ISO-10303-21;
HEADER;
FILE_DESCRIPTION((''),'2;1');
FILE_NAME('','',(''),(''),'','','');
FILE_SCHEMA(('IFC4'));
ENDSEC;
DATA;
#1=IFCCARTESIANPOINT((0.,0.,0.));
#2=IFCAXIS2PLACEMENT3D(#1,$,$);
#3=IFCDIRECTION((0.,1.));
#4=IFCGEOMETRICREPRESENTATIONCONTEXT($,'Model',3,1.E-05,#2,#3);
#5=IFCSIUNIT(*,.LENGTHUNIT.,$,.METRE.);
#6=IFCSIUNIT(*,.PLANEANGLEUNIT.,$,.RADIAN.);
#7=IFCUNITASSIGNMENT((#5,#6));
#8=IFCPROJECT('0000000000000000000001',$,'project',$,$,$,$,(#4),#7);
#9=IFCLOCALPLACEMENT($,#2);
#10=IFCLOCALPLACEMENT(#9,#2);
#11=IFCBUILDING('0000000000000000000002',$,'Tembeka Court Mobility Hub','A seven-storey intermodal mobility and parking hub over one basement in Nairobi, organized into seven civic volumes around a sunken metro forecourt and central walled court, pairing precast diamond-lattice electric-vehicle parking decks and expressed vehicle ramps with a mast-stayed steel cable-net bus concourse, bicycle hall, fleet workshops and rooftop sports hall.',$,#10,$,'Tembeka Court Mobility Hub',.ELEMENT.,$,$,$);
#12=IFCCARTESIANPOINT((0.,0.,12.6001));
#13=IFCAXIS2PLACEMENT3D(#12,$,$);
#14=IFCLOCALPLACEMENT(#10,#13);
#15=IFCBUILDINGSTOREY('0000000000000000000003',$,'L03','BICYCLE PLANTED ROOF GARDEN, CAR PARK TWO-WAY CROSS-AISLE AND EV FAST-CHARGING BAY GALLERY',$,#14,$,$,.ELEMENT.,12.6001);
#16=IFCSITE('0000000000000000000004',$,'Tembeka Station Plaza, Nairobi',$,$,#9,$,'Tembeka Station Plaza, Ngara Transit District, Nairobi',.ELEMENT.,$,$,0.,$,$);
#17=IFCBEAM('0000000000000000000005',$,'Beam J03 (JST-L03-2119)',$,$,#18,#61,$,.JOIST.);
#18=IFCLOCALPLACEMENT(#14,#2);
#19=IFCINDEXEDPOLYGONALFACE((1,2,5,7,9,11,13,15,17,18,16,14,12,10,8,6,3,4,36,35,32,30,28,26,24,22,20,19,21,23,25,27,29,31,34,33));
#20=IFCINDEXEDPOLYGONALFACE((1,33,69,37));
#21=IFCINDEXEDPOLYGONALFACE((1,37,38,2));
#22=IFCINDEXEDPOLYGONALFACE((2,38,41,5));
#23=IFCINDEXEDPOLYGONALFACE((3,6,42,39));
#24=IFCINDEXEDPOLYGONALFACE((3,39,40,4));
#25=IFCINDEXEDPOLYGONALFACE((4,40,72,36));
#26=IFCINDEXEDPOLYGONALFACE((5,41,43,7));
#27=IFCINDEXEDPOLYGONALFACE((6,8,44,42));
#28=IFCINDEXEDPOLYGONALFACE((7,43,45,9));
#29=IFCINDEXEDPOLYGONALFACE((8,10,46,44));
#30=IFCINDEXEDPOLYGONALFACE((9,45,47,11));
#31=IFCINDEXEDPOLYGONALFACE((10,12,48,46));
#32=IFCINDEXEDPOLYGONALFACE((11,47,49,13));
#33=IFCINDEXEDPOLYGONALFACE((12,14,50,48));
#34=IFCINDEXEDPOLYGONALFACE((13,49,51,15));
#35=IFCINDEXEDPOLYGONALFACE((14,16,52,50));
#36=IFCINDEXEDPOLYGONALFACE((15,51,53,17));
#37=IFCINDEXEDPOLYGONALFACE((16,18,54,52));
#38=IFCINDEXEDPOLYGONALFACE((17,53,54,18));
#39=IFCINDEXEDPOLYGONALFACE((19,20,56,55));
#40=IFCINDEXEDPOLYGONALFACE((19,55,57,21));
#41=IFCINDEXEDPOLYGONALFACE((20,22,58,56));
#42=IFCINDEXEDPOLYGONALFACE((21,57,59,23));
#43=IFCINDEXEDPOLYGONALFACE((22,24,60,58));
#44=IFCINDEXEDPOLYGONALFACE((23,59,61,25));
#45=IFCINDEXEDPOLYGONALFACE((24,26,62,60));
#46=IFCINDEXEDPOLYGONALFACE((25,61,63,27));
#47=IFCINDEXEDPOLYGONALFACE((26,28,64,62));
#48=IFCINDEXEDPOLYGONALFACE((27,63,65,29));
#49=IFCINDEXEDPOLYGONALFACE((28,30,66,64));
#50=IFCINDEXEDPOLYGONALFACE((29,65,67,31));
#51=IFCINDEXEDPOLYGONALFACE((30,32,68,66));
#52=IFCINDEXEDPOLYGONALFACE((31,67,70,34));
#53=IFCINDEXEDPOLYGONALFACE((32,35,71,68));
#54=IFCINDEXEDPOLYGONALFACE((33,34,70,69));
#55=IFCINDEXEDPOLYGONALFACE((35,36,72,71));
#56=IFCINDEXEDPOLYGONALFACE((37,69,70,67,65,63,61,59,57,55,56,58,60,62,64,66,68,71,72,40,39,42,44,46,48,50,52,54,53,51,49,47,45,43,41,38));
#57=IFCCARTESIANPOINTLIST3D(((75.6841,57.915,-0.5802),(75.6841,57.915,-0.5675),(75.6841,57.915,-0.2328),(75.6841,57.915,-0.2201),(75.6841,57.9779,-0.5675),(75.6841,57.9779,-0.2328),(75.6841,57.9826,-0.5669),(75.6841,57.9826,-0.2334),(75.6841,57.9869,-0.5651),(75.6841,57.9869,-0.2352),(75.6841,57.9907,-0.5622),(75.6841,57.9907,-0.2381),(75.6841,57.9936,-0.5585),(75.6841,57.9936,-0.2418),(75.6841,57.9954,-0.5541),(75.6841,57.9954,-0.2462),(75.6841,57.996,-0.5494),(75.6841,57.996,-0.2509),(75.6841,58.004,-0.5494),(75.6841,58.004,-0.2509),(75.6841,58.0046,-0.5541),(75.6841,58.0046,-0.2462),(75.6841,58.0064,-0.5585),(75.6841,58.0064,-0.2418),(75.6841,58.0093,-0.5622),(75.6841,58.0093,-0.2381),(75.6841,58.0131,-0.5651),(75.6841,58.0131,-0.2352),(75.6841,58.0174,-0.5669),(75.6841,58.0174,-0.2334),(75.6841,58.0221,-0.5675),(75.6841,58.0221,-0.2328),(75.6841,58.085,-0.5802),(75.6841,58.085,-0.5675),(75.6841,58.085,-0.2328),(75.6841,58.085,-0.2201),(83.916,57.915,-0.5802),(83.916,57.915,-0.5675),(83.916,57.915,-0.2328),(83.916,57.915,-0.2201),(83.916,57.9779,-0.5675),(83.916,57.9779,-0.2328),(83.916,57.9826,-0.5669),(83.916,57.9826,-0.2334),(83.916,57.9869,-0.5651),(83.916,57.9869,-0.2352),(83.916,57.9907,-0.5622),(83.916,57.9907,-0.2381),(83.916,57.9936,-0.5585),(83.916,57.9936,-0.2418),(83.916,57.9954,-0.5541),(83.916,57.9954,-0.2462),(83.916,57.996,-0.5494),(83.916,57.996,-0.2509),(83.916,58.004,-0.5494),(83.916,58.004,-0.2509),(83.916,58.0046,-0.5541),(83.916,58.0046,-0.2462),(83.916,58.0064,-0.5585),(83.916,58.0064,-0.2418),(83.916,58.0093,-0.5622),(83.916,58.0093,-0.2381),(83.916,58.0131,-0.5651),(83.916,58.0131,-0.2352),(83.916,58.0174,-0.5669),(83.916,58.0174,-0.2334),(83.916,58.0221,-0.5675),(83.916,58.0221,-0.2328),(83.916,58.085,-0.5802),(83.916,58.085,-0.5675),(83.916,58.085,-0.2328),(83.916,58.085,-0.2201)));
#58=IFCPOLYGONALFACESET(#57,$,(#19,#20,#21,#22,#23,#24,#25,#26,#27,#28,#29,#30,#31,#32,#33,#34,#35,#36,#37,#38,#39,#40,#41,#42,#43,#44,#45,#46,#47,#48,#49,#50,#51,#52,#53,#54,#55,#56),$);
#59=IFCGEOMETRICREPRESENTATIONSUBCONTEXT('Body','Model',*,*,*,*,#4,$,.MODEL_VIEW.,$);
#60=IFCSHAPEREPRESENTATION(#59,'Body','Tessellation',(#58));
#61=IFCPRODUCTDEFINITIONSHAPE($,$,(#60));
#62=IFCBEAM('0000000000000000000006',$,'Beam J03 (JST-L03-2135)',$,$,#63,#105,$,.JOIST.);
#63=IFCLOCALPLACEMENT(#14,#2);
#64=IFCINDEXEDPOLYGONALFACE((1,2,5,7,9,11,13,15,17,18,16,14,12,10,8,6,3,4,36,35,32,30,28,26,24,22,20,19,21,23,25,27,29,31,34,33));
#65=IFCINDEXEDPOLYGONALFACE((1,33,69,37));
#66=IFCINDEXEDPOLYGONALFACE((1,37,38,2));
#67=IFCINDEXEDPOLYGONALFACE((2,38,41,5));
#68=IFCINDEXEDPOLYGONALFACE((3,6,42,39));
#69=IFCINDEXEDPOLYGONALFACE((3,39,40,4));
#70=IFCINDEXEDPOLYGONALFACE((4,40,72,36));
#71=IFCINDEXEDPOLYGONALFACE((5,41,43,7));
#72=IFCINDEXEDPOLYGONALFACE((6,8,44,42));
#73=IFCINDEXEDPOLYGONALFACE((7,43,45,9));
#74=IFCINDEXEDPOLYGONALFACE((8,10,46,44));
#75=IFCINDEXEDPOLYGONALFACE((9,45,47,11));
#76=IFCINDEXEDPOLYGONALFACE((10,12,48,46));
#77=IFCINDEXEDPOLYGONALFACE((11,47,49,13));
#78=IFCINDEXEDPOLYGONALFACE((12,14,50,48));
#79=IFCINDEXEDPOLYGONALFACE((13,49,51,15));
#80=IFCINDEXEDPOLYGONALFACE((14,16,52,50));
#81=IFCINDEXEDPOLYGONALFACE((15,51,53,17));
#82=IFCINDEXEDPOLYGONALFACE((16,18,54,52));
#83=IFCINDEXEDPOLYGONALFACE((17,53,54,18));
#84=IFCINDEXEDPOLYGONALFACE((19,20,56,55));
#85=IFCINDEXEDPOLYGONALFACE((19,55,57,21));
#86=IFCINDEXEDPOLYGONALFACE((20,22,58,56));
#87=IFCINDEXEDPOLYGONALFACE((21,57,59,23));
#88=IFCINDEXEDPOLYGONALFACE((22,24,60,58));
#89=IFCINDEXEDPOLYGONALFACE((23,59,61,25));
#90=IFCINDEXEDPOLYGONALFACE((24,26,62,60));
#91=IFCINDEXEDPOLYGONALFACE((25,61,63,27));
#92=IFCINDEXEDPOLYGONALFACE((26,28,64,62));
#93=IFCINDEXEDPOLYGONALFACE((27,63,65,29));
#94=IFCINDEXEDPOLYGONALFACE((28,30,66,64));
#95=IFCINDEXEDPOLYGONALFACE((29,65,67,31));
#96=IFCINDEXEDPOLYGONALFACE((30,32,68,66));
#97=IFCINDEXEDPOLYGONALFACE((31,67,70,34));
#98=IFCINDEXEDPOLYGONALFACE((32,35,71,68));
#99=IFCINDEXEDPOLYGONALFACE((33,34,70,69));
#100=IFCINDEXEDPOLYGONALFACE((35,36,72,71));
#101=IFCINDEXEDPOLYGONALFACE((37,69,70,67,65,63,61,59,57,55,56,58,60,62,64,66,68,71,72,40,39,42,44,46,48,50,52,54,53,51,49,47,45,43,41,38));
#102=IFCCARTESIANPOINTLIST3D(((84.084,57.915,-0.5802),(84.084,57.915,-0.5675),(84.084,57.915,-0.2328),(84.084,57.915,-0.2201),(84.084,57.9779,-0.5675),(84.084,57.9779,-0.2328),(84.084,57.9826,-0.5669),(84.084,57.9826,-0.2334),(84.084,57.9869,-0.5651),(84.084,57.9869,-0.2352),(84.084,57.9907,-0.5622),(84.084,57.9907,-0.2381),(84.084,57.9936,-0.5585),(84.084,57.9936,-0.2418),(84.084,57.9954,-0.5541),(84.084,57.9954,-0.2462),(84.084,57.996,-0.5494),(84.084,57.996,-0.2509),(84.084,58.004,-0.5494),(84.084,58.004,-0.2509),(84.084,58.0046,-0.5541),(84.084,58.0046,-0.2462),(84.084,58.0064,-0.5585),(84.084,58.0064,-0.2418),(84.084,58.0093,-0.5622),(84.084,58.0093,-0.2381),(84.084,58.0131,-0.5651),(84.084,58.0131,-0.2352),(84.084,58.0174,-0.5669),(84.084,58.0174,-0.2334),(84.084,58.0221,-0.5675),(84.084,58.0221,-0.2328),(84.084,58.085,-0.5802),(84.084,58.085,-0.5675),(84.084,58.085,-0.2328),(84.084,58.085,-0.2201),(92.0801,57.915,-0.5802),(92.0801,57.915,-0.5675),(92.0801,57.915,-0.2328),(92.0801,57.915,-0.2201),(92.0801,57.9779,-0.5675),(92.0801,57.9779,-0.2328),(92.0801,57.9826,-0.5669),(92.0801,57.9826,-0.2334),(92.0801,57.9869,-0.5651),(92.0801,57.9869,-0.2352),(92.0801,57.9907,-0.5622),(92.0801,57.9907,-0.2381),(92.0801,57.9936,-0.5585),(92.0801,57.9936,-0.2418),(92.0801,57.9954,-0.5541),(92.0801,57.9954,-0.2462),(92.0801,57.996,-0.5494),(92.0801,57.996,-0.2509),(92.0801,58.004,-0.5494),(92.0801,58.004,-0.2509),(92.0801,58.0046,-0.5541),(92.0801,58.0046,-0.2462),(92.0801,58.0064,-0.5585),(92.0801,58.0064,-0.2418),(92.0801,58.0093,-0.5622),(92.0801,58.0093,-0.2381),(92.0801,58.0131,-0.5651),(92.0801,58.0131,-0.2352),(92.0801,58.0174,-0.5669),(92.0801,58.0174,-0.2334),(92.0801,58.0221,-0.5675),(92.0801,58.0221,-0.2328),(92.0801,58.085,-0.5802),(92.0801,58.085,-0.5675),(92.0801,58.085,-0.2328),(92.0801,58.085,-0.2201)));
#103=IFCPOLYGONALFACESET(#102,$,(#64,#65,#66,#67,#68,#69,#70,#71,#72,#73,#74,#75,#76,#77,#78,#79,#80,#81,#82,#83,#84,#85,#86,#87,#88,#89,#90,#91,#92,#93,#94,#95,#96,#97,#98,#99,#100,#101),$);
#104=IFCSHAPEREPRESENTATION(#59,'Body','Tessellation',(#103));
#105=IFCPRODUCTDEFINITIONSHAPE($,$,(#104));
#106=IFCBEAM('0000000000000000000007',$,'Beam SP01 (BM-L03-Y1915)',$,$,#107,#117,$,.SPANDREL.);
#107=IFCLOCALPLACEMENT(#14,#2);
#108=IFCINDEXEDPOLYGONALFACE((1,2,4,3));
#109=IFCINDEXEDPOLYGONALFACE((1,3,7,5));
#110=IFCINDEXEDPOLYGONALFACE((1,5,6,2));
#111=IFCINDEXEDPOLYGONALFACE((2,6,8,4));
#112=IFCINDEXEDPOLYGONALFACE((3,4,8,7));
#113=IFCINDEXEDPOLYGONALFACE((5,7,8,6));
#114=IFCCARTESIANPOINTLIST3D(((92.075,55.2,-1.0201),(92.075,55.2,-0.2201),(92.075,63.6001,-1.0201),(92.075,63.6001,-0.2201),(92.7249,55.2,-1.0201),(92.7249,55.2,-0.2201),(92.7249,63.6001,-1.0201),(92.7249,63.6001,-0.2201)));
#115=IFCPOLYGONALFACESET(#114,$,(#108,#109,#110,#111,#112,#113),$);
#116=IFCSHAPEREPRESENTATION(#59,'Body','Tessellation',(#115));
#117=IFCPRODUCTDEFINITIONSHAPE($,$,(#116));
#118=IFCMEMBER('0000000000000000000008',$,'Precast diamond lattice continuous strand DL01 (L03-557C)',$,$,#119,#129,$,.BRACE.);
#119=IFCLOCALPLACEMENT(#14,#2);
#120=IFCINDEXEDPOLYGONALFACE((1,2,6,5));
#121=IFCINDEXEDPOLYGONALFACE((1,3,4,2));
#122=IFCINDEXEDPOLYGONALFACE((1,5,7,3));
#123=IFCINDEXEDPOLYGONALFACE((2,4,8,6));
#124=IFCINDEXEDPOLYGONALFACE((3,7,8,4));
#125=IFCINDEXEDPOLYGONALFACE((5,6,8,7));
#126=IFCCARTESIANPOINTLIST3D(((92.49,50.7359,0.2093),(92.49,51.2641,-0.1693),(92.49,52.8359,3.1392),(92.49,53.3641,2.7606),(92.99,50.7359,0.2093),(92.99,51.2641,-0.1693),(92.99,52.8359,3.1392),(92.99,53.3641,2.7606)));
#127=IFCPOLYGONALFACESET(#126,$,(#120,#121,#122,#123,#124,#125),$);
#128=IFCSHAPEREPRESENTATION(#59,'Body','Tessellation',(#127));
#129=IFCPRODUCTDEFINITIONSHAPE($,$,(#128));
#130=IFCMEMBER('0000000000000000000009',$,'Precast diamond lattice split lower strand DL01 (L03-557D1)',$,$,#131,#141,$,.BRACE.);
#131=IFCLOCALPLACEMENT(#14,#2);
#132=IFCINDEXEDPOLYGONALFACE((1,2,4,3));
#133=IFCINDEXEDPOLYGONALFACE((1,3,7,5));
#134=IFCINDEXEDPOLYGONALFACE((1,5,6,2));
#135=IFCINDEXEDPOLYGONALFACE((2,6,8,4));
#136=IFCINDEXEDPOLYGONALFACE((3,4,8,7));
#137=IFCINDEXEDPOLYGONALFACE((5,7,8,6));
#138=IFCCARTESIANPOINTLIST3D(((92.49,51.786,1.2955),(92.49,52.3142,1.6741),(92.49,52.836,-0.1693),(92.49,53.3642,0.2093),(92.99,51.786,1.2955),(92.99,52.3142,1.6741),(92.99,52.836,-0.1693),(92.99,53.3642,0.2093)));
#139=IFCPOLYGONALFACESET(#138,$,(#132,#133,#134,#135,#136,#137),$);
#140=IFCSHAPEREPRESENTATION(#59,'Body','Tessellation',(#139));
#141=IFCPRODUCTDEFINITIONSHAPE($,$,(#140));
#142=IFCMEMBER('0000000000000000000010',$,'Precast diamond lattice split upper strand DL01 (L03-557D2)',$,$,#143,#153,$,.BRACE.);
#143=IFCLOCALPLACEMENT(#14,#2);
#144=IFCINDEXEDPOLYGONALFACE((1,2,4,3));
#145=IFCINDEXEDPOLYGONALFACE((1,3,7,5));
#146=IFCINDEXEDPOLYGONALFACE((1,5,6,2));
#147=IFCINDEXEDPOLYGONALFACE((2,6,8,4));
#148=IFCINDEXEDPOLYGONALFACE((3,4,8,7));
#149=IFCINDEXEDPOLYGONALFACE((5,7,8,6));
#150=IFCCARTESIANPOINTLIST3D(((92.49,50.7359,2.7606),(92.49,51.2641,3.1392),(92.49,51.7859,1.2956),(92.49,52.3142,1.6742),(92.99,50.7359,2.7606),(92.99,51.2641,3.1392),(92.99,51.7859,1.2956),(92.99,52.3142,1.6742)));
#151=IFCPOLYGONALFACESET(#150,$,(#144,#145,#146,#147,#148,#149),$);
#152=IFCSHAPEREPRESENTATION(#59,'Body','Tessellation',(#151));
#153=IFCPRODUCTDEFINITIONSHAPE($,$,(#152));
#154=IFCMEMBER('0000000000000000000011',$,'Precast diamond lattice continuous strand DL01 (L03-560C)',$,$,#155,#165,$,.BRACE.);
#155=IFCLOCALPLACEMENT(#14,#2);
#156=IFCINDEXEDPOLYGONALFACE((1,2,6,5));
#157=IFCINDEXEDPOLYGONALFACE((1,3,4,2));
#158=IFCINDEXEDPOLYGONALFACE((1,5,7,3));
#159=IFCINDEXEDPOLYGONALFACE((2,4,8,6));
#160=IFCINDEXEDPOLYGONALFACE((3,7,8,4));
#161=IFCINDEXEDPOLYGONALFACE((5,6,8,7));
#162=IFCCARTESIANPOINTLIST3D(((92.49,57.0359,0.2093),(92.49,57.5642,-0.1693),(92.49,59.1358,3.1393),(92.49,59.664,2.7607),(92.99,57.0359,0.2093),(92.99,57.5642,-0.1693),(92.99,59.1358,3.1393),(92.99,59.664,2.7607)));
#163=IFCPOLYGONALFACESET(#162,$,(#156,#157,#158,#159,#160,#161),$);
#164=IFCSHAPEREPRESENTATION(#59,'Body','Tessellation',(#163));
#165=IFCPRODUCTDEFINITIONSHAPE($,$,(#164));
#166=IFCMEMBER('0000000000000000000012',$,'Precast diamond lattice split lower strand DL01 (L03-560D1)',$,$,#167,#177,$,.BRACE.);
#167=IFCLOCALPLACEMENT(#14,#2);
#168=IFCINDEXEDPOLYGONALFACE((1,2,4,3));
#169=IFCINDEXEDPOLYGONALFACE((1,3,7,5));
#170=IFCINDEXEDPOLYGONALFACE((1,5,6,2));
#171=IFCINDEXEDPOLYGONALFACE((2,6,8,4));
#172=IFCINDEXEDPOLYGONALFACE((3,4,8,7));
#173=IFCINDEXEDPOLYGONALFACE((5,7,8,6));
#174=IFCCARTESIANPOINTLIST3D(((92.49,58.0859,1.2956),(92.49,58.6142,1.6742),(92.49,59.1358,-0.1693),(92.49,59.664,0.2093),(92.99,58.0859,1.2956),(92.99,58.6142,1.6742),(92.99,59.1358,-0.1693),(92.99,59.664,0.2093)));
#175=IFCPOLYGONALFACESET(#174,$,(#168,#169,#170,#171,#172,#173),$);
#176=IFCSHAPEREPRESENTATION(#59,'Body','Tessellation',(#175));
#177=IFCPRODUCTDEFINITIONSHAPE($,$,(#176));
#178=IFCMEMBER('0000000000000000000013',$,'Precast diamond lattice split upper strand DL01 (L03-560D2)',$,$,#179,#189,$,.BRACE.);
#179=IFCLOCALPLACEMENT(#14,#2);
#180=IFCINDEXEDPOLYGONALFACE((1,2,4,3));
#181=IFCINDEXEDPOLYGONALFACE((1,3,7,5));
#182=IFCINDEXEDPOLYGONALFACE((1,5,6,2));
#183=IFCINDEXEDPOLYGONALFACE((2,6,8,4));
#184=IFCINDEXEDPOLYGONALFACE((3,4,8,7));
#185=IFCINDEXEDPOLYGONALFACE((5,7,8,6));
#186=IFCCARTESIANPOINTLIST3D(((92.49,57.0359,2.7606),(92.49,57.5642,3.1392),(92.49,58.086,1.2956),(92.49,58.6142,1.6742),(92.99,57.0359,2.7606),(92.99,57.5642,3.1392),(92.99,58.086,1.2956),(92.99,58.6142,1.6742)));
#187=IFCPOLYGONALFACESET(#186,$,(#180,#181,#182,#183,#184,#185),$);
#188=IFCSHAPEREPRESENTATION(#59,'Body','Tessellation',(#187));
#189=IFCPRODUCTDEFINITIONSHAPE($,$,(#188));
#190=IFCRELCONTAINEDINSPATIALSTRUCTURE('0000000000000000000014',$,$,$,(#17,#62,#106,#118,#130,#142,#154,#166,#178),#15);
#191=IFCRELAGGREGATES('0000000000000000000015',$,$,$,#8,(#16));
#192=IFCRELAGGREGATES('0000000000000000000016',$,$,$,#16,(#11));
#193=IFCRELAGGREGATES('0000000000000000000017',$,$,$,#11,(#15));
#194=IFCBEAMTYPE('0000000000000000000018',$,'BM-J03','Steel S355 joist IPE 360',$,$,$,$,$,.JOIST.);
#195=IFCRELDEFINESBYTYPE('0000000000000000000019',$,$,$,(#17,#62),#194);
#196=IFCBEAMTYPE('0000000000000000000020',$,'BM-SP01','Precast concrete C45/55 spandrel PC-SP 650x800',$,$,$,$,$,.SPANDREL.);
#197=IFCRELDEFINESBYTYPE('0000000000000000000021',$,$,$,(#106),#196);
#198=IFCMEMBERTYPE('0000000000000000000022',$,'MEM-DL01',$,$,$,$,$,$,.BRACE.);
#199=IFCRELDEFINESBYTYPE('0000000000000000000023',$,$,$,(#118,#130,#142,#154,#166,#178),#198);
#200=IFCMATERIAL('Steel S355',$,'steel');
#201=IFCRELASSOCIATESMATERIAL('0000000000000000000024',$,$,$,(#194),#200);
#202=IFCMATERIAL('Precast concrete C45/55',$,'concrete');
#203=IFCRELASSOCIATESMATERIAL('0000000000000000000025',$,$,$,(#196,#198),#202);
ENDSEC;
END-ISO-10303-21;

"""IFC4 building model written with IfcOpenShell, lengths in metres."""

from ifc_helpers import new_model, si_unit, direction, frame, origin, origin_2d, place, context, subcontext, project, spatial, rectangle, i_section, extrude, material, material_profile, profile_set, type_object, element, save


model = new_model("IFC4")

# Units and contexts
model_context = context("Model", 3, precision=1e-05, world=origin(), true_north=direction((0.0, 1.0)))
body_context = subcontext(model_context, "Body", "Model", "MODEL_VIEW")
ifc_project = project(units=[si_unit("LENGTHUNIT", "METRE"), si_unit("PLANEANGLEUNIT", "RADIAN")], contexts=[model_context])

# Site, building, storey
site_placement = place(None, origin())
site = spatial("IfcSite", under=ifc_project, at=site_placement, Name="Tembeka Station Plaza, Nairobi", LongName="Tembeka Station Plaza, Ngara Transit District, Nairobi", CompositionType="ELEMENT", RefElevation=0.0)
building_placement = place(site_placement, origin())
building = spatial("IfcBuilding", under=site, at=building_placement, Name="Tembeka Court Mobility Hub", Description="A seven-storey intermodal mobility and parking hub over one basement in Nairobi, organized into seven civic volumes around a sunken metro forecourt and central walled court, pairing precast diamond-lattice electric-vehicle parking decks and expressed vehicle ramps with a mast-stayed steel cable-net bus concourse, bicycle hall, fleet workshops and rooftop sports hall.", LongName="Tembeka Court Mobility Hub", CompositionType="ELEMENT")
storey_placement = place(building_placement, frame((0.0, 0.0, 12.6001)))
storey = spatial("IfcBuildingStorey", under=building, at=storey_placement, Name="L03", Description="BICYCLE PLANTED ROOF GARDEN, CAR PARK TWO-WAY CROSS-AISLE AND EV FAST-CHARGING BAY GALLERY", CompositionType="ELEMENT", Elevation=12.6001)

# Shared definitions
ifc_material_1 = material(Name="Steel S355", Category="steel")

# Beams
ifc_material_profile_1 = material_profile(ifc_material_1, i_section(OverallWidth=0.1699, OverallDepth=0.3601, WebThickness=0.0081, FlangeThickness=0.0127, FilletRadius=0.0181, at=origin_2d()), Name="IPE 360")
ifc_profile_set_1 = profile_set([ifc_material_profile_1], Name="Steel S355")
beam_type_1 = type_object("IfcBeamType", Name="BM-J03", Description="Steel S355 joist IPE 360", PredefinedType="JOIST", material=ifc_profile_set_1)
beam_1_placement = place(storey_placement, frame((75.6841, 58.0, -0.4001), z_axis=(1.0, 0.0, 0.0), x_axis=(0.0, 1.0, 0.0)))
element("IfcBeam", 1, at=beam_1_placement, inside=storey, type_object=beam_type_1, Name="Beam J03 (JST-L03-2119)", PredefinedType="JOIST", context=body_context, shape_type="SweptSolid", body=[
    extrude(i_section(OverallWidth=0.1699, OverallDepth=0.3601, WebThickness=0.0081, FlangeThickness=0.0127, FilletRadius=0.0181, at=origin_2d()), origin(), (0.0, 0.0, 1.0), 8.2319),
])
beam_2_placement = place(storey_placement, frame((84.084, 58.0, -0.4001), z_axis=(1.0, 0.0, 0.0), x_axis=(0.0, 1.0, 0.0)))
element("IfcBeam", 2, at=beam_2_placement, inside=storey, type_object=beam_type_1, Name="Beam J03 (JST-L03-2135)", PredefinedType="JOIST", context=body_context, shape_type="SweptSolid", body=[
    extrude(i_section(OverallWidth=0.1699, OverallDepth=0.3601, WebThickness=0.0081, FlangeThickness=0.0127, FilletRadius=0.0181, at=origin_2d()), origin(), (0.0, 0.0, 1.0), 7.9961),
])
ifc_material_2 = material(Name="Precast concrete C45/55", Category="concrete")
ifc_material_profile_2 = material_profile(ifc_material_2, rectangle(XDim=0.6499, YDim=0.8, at=origin_2d()), Name="PC-SP 650x800")
ifc_profile_set_2 = profile_set([ifc_material_profile_2], Name="Precast concrete C45/55")
beam_type_2 = type_object("IfcBeamType", Name="BM-SP01", Description="Precast concrete C45/55 spandrel PC-SP 650x800", PredefinedType="SPANDREL", material=ifc_profile_set_2)
beam_3_placement = place(storey_placement, frame((92.3999, 55.2, -0.6201), z_axis=(0.0, 1.0, 0.0), x_axis=(-1.0, 0.0, 0.0)))
element("IfcBeam", 3, at=beam_3_placement, inside=storey, type_object=beam_type_2, Name="Beam SP01 (BM-L03-Y1915)", PredefinedType="SPANDREL", context=body_context, shape_type="SweptSolid", body=[
    extrude(rectangle(XDim=0.6499, YDim=0.8, at=origin_2d()), origin(), (0.0, 0.0, 1.0), 8.4001),
])

# Members
ifc_material_profile_3 = material_profile(ifc_material_2, rectangle(XDim=0.5, YDim=0.6499, at=origin_2d()), Name="PC-DIAG 500x650")
ifc_profile_set_3 = profile_set([ifc_material_profile_3], Name="Precast concrete C45/55")
member_type_1 = type_object("IfcMemberType", Name="MEM-DL01", PredefinedType="BRACE", material=ifc_profile_set_3)
member_1_placement = place(storey_placement, frame((92.74, 51.0, 0.02), z_axis=(0.0, 0.582576, 0.812776), x_axis=(-1.0, 0.0, 0.0)))
element("IfcMember", 4, at=member_1_placement, inside=storey, type_object=member_type_1, Name="Precast diamond lattice continuous strand DL01 (L03-557C)", PredefinedType="BRACE", context=body_context, shape_type="SweptSolid", body=[
    extrude(rectangle(XDim=0.5, YDim=0.6499, at=origin_2d()), origin(), (0.0, 0.0, 1.0), 3.6047),
])
member_2_placement = place(storey_placement, frame((92.74, 53.1001, 0.02), z_axis=(0.0, -0.582608, 0.812753), x_axis=(1.0, 0.0, 0.0)))
element("IfcMember", 5, at=member_2_placement, inside=storey, type_object=member_type_1, Name="Precast diamond lattice split lower strand DL01 (L03-557D1)", PredefinedType="BRACE", context=body_context, shape_type="SweptSolid", body=[
    extrude(rectangle(XDim=0.5, YDim=0.6499, at=origin_2d()), origin(), (0.0, 0.0, 1.0), 1.8022),
])
member_3_placement = place(storey_placement, frame((92.74, 52.05, 1.4849), z_axis=(0.0, -0.582544, 0.812799), x_axis=(1.0, 0.0, 0.0)))
element("IfcMember", 6, at=member_3_placement, inside=storey, type_object=member_type_1, Name="Precast diamond lattice split upper strand DL01 (L03-557D2)", PredefinedType="BRACE", context=body_context, shape_type="SweptSolid", body=[
    extrude(rectangle(XDim=0.5, YDim=0.6499, at=origin_2d()), origin(), (0.0, 0.0, 1.0), 1.8025),
])
member_4_placement = place(storey_placement, frame((92.74, 57.3, 0.02), z_axis=(0.0, 0.582532, 0.812808), x_axis=(-1.0, 0.0, 0.0)))
element("IfcMember", 7, at=member_4_placement, inside=storey, type_object=member_type_1, Name="Precast diamond lattice continuous strand DL01 (L03-560C)", PredefinedType="BRACE", context=body_context, shape_type="SweptSolid", body=[
    extrude(rectangle(XDim=0.5, YDim=0.6499, at=origin_2d()), origin(), (0.0, 0.0, 1.0), 3.6047),
])
member_5_placement = place(storey_placement, frame((92.74, 59.3999, 0.02), z_axis=(0.0, -0.582519, 0.812817), x_axis=(1.0, 0.0, 0.0)))
element("IfcMember", 8, at=member_5_placement, inside=storey, type_object=member_type_1, Name="Precast diamond lattice split lower strand DL01 (L03-560D1)", PredefinedType="BRACE", context=body_context, shape_type="SweptSolid", body=[
    extrude(rectangle(XDim=0.5, YDim=0.6499, at=origin_2d()), origin(), (0.0, 0.0, 1.0), 1.8022),
])
member_6_placement = place(storey_placement, frame((92.74, 58.3501, 1.4849), z_axis=(0.0, -0.582544, 0.812799), x_axis=(1.0, 0.0, 0.0)))
element("IfcMember", 9, at=member_6_placement, inside=storey, type_object=member_type_1, Name="Precast diamond lattice split upper strand DL01 (L03-560D2)", PredefinedType="BRACE", context=body_context, shape_type="SweptSolid", body=[
    extrude(rectangle(XDim=0.5, YDim=0.6499, at=origin_2d()), origin(), (0.0, 0.0, 1.0), 1.8025),
])

save(model, "model.ifc")
